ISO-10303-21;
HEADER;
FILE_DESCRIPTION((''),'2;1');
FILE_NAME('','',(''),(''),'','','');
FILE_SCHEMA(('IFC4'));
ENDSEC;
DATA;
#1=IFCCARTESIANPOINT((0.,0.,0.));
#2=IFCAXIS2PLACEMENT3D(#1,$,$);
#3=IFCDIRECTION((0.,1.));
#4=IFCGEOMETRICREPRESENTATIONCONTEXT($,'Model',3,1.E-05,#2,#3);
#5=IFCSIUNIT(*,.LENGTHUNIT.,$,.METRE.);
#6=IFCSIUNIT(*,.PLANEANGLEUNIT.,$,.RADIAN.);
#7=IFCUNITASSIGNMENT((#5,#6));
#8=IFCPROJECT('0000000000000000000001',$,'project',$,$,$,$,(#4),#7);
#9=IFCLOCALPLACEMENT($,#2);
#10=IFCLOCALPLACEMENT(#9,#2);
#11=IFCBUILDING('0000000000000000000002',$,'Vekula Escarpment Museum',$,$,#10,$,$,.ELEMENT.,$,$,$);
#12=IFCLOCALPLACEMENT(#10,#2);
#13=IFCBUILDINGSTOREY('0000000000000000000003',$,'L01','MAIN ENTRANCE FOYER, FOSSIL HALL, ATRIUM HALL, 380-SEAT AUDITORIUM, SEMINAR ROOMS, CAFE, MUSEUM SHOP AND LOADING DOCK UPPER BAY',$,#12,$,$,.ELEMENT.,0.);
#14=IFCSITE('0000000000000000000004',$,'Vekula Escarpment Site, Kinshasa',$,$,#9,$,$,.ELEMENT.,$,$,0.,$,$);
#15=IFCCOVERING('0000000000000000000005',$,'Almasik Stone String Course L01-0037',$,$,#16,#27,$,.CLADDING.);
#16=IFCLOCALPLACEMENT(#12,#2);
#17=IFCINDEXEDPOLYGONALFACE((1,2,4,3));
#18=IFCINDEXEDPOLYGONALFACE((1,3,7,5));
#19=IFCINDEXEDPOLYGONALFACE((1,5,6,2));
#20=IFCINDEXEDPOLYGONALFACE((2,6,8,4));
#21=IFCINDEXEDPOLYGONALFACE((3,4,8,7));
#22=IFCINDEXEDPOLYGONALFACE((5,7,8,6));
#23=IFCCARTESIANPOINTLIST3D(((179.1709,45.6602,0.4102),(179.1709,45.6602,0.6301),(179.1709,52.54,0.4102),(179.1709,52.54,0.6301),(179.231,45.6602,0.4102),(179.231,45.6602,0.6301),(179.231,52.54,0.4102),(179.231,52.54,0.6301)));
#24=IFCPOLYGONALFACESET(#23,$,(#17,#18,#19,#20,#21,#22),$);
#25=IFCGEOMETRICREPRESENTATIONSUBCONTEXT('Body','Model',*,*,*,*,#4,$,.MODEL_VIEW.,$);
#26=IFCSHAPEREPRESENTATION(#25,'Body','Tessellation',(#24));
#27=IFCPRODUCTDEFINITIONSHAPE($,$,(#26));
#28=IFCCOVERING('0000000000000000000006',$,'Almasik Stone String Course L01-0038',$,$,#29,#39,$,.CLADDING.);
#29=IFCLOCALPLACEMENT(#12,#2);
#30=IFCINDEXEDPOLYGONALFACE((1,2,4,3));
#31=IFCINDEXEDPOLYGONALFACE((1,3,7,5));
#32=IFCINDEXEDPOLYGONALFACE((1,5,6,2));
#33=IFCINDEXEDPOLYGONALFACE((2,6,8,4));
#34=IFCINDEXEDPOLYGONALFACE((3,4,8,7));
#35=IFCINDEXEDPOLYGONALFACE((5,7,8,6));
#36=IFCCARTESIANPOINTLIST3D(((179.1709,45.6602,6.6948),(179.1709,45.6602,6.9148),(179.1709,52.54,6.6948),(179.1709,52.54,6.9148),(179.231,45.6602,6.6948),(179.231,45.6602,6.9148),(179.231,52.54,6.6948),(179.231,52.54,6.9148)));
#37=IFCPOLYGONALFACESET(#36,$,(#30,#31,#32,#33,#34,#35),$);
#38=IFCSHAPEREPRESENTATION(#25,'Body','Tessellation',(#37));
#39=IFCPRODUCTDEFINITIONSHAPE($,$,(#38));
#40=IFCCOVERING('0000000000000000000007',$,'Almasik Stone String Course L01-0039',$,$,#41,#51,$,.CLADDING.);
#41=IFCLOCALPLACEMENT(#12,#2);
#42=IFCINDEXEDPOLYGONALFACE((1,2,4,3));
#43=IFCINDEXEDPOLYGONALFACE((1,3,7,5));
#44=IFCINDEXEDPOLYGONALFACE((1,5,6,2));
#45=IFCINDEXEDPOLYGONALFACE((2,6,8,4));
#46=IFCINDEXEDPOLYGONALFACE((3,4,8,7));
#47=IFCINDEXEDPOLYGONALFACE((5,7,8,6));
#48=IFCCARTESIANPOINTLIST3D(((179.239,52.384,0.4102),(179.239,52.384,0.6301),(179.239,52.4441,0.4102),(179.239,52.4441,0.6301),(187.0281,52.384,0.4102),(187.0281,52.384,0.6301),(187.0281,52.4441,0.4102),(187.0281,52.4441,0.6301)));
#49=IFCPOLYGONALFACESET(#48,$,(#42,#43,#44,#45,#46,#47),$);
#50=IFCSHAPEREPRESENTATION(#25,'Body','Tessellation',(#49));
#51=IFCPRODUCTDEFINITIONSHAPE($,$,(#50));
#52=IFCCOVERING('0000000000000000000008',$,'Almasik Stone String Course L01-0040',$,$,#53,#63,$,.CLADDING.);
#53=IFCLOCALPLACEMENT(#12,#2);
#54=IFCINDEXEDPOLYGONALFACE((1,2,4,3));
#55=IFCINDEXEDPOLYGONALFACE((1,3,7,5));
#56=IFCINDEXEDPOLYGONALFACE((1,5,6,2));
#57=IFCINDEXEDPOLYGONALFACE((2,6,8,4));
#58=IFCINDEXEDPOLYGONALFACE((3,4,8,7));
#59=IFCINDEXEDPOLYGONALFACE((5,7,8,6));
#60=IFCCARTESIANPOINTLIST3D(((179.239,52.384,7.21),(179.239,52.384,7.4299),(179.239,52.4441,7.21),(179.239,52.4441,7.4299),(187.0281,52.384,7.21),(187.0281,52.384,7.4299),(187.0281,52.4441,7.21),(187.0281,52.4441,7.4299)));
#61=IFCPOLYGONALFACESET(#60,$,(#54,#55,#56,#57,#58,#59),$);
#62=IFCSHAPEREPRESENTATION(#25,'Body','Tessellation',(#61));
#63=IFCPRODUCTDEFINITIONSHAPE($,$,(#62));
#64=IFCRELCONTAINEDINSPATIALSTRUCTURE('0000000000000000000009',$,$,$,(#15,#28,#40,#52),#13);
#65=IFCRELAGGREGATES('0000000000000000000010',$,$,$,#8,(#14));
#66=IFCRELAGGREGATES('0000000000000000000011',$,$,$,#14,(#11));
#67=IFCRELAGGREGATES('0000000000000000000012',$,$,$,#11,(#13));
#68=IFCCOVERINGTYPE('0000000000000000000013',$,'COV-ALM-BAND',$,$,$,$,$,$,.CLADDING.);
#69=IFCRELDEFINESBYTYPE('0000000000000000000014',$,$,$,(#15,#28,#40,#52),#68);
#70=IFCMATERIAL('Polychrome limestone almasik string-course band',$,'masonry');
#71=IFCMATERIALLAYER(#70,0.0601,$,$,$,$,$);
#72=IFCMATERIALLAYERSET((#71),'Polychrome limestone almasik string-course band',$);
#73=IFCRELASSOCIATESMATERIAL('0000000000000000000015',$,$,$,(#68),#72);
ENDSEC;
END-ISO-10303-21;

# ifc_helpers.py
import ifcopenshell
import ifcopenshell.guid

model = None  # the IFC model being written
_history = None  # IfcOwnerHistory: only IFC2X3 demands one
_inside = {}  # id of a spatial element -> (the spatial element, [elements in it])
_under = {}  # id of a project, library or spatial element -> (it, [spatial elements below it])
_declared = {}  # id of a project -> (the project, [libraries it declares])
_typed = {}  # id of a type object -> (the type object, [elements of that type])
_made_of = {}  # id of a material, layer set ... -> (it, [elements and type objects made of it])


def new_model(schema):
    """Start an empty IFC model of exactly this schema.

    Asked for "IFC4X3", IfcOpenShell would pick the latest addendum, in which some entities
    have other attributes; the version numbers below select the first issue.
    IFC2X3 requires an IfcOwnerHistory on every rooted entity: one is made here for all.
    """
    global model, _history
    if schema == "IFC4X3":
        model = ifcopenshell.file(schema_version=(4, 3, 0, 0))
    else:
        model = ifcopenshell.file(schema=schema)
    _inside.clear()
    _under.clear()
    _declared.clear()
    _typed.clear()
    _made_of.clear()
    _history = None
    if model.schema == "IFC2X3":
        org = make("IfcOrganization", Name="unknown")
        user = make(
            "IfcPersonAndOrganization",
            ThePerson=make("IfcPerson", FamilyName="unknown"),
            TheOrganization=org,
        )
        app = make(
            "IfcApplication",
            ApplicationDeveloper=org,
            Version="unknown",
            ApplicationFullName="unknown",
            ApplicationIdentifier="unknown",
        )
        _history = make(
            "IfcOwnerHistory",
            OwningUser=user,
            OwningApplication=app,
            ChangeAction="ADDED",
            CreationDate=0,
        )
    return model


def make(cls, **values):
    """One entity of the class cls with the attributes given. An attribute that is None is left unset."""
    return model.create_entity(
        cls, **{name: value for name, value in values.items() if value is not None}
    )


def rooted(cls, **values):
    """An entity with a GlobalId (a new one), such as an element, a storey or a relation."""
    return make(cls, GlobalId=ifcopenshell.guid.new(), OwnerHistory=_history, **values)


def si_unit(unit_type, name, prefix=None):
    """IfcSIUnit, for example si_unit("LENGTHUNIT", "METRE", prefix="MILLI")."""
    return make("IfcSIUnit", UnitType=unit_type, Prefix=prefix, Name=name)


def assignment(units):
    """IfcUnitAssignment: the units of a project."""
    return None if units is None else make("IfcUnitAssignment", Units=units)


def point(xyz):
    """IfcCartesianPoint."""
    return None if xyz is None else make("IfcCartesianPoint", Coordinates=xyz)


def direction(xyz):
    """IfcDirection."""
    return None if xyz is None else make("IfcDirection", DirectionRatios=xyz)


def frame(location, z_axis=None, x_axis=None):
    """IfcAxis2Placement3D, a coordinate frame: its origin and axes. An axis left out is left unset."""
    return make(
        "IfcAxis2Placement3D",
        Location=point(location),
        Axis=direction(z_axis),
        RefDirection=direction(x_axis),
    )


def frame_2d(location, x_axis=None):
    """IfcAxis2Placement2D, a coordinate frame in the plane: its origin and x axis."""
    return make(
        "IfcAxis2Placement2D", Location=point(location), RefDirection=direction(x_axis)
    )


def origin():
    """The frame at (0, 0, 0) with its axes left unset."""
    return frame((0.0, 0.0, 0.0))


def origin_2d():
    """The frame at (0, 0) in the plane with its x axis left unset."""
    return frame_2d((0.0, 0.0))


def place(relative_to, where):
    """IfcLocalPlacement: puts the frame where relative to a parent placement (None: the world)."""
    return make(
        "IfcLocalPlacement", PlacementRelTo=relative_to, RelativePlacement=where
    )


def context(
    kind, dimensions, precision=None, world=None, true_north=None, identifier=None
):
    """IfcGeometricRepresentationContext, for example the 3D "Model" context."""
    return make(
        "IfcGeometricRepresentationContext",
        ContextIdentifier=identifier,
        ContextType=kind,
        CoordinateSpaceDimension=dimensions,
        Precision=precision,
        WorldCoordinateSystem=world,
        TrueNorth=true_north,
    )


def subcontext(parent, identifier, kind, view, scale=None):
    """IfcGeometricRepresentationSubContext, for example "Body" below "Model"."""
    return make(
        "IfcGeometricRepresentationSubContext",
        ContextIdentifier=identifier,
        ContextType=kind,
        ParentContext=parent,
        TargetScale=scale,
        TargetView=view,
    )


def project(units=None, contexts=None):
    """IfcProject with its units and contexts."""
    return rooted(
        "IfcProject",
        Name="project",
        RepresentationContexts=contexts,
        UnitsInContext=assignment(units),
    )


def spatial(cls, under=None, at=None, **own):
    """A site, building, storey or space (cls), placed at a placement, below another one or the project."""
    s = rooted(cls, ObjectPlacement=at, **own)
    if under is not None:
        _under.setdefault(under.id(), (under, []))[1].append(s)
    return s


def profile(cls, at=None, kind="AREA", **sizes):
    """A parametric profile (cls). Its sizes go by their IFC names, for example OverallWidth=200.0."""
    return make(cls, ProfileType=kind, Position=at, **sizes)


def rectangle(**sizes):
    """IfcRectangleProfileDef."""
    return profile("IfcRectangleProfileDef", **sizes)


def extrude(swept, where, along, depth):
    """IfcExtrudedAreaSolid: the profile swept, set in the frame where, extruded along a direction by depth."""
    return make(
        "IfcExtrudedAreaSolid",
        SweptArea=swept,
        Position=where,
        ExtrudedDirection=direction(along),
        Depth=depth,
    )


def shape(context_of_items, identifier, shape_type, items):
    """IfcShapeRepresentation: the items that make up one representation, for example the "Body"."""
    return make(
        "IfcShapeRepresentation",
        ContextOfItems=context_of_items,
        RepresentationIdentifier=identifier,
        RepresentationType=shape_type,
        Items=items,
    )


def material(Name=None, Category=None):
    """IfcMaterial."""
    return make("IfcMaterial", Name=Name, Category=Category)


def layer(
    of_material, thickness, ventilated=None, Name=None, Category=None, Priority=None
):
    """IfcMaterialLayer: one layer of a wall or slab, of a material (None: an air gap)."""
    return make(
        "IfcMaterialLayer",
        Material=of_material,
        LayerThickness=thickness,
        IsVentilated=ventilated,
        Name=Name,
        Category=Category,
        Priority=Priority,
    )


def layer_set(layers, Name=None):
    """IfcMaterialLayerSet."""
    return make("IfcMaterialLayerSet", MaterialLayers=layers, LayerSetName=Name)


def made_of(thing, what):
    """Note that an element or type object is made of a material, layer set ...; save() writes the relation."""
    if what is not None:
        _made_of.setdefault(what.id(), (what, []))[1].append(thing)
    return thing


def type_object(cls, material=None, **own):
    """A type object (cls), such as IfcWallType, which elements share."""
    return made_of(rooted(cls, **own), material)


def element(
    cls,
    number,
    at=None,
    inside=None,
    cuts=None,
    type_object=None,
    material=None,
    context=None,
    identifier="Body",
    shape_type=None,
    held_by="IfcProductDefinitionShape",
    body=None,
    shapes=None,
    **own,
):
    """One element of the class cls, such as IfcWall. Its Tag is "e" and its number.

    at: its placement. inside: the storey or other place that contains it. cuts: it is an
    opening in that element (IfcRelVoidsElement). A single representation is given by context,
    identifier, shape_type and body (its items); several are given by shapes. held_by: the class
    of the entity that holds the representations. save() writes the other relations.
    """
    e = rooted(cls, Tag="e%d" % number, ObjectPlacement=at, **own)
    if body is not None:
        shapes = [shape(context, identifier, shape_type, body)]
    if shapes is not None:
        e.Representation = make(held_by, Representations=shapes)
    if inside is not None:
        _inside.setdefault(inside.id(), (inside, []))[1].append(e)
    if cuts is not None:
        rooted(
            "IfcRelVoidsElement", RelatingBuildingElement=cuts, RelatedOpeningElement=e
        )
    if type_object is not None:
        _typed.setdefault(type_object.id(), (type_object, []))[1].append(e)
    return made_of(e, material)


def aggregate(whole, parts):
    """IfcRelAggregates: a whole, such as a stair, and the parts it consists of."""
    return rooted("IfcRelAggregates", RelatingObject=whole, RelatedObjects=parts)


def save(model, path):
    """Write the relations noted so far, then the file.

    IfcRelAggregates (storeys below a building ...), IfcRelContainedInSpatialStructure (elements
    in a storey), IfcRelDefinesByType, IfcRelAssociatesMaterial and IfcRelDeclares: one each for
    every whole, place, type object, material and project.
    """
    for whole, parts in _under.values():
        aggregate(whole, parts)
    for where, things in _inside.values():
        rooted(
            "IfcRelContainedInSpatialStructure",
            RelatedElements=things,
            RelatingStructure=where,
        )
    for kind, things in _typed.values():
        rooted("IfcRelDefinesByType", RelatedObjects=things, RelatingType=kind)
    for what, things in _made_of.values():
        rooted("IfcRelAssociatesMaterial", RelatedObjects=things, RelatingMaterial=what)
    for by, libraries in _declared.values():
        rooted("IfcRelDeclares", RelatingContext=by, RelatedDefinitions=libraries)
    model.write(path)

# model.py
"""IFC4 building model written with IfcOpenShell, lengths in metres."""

from ifc_helpers import new_model, si_unit, direction, frame, origin, origin_2d, place, context, subcontext, project, spatial, rectangle, extrude, material, layer, layer_set, type_object, element, save


model = new_model("IFC4")

# Units and contexts
model_context = context("Model", 3, precision=1e-05, world=origin(), true_north=direction((0.0, 1.0)))
body_context = subcontext(model_context, "Body", "Model", "MODEL_VIEW")
ifc_project = project(units=[si_unit("LENGTHUNIT", "METRE"), si_unit("PLANEANGLEUNIT", "RADIAN")], contexts=[model_context])

# Site, building, storey
site_placement = place(None, origin())
site = spatial("IfcSite", under=ifc_project, at=site_placement, Name="Vekula Escarpment Site, Kinshasa", CompositionType="ELEMENT", RefElevation=0.0)
building_placement = place(site_placement, origin())
building = spatial("IfcBuilding", under=site, at=building_placement, Name="Vekula Escarpment Museum", CompositionType="ELEMENT")
storey_placement = place(building_placement, origin())
storey = spatial("IfcBuildingStorey", under=building, at=storey_placement, Name="L01", Description="MAIN ENTRANCE FOYER, FOSSIL HALL, ATRIUM HALL, 380-SEAT AUDITORIUM, SEMINAR ROOMS, CAFE, MUSEUM SHOP AND LOADING DOCK UPPER BAY", CompositionType="ELEMENT", Elevation=0.0)

# Coverings
ifc_material_1 = material(Name="Polychrome limestone almasik string-course band", Category="masonry")
ifc_layer_1 = layer(ifc_material_1, 0.0601)
ifc_layer_set_1 = layer_set([ifc_layer_1], Name="Polychrome limestone almasik string-course band")
covering_type = type_object("IfcCoveringType", Name="COV-ALM-BAND", PredefinedType="CLADDING", material=ifc_layer_set_1)
for number, where, z_axis, x_axis, name in (
    (1, (179.2009, 49.1001, 0.4102), (0.0, 0.0, 1.0), (0.0, 1.0, 0.0), "Almasik Stone String Course L01-0037"),
    (2, (179.2009, 49.1001, 6.6948), (0.0, 0.0, 1.0), (0.0, 1.0, 0.0), "Almasik Stone String Course L01-0038"),
):
    element("IfcCovering", number, at=place(storey_placement, frame(where, z_axis=z_axis, x_axis=x_axis)), inside=storey, type_object=covering_type, Name=name, PredefinedType="CLADDING", context=body_context, shape_type="SweptSolid", body=[
        extrude(rectangle(XDim=6.8799, YDim=0.0601, at=origin_2d()), origin(), (0.0, 0.0, 1.0), 0.22),
    ])
for number, where, z_axis, x_axis, name in (
    (3, (183.1335, 52.4141, 0.4102), (0.0, 0.0, 1.0), (1.0, 0.0, 0.0), "Almasik Stone String Course L01-0039"),
    (4, (183.1335, 52.4141, 7.21), (0.0, 0.0, 1.0), (1.0, 0.0, 0.0), "Almasik Stone String Course L01-0040"),
):
    element("IfcCovering", number, at=place(storey_placement, frame(where, z_axis=z_axis, x_axis=x_axis)), inside=storey, type_object=covering_type, Name=name, PredefinedType="CLADDING", context=body_context, shape_type="SweptSolid", body=[
        extrude(rectangle(XDim=7.7891, YDim=0.0601, at=origin_2d()), origin(), (0.0, 0.0, 1.0), 0.22),
    ])

save(model, "model.ifc")
